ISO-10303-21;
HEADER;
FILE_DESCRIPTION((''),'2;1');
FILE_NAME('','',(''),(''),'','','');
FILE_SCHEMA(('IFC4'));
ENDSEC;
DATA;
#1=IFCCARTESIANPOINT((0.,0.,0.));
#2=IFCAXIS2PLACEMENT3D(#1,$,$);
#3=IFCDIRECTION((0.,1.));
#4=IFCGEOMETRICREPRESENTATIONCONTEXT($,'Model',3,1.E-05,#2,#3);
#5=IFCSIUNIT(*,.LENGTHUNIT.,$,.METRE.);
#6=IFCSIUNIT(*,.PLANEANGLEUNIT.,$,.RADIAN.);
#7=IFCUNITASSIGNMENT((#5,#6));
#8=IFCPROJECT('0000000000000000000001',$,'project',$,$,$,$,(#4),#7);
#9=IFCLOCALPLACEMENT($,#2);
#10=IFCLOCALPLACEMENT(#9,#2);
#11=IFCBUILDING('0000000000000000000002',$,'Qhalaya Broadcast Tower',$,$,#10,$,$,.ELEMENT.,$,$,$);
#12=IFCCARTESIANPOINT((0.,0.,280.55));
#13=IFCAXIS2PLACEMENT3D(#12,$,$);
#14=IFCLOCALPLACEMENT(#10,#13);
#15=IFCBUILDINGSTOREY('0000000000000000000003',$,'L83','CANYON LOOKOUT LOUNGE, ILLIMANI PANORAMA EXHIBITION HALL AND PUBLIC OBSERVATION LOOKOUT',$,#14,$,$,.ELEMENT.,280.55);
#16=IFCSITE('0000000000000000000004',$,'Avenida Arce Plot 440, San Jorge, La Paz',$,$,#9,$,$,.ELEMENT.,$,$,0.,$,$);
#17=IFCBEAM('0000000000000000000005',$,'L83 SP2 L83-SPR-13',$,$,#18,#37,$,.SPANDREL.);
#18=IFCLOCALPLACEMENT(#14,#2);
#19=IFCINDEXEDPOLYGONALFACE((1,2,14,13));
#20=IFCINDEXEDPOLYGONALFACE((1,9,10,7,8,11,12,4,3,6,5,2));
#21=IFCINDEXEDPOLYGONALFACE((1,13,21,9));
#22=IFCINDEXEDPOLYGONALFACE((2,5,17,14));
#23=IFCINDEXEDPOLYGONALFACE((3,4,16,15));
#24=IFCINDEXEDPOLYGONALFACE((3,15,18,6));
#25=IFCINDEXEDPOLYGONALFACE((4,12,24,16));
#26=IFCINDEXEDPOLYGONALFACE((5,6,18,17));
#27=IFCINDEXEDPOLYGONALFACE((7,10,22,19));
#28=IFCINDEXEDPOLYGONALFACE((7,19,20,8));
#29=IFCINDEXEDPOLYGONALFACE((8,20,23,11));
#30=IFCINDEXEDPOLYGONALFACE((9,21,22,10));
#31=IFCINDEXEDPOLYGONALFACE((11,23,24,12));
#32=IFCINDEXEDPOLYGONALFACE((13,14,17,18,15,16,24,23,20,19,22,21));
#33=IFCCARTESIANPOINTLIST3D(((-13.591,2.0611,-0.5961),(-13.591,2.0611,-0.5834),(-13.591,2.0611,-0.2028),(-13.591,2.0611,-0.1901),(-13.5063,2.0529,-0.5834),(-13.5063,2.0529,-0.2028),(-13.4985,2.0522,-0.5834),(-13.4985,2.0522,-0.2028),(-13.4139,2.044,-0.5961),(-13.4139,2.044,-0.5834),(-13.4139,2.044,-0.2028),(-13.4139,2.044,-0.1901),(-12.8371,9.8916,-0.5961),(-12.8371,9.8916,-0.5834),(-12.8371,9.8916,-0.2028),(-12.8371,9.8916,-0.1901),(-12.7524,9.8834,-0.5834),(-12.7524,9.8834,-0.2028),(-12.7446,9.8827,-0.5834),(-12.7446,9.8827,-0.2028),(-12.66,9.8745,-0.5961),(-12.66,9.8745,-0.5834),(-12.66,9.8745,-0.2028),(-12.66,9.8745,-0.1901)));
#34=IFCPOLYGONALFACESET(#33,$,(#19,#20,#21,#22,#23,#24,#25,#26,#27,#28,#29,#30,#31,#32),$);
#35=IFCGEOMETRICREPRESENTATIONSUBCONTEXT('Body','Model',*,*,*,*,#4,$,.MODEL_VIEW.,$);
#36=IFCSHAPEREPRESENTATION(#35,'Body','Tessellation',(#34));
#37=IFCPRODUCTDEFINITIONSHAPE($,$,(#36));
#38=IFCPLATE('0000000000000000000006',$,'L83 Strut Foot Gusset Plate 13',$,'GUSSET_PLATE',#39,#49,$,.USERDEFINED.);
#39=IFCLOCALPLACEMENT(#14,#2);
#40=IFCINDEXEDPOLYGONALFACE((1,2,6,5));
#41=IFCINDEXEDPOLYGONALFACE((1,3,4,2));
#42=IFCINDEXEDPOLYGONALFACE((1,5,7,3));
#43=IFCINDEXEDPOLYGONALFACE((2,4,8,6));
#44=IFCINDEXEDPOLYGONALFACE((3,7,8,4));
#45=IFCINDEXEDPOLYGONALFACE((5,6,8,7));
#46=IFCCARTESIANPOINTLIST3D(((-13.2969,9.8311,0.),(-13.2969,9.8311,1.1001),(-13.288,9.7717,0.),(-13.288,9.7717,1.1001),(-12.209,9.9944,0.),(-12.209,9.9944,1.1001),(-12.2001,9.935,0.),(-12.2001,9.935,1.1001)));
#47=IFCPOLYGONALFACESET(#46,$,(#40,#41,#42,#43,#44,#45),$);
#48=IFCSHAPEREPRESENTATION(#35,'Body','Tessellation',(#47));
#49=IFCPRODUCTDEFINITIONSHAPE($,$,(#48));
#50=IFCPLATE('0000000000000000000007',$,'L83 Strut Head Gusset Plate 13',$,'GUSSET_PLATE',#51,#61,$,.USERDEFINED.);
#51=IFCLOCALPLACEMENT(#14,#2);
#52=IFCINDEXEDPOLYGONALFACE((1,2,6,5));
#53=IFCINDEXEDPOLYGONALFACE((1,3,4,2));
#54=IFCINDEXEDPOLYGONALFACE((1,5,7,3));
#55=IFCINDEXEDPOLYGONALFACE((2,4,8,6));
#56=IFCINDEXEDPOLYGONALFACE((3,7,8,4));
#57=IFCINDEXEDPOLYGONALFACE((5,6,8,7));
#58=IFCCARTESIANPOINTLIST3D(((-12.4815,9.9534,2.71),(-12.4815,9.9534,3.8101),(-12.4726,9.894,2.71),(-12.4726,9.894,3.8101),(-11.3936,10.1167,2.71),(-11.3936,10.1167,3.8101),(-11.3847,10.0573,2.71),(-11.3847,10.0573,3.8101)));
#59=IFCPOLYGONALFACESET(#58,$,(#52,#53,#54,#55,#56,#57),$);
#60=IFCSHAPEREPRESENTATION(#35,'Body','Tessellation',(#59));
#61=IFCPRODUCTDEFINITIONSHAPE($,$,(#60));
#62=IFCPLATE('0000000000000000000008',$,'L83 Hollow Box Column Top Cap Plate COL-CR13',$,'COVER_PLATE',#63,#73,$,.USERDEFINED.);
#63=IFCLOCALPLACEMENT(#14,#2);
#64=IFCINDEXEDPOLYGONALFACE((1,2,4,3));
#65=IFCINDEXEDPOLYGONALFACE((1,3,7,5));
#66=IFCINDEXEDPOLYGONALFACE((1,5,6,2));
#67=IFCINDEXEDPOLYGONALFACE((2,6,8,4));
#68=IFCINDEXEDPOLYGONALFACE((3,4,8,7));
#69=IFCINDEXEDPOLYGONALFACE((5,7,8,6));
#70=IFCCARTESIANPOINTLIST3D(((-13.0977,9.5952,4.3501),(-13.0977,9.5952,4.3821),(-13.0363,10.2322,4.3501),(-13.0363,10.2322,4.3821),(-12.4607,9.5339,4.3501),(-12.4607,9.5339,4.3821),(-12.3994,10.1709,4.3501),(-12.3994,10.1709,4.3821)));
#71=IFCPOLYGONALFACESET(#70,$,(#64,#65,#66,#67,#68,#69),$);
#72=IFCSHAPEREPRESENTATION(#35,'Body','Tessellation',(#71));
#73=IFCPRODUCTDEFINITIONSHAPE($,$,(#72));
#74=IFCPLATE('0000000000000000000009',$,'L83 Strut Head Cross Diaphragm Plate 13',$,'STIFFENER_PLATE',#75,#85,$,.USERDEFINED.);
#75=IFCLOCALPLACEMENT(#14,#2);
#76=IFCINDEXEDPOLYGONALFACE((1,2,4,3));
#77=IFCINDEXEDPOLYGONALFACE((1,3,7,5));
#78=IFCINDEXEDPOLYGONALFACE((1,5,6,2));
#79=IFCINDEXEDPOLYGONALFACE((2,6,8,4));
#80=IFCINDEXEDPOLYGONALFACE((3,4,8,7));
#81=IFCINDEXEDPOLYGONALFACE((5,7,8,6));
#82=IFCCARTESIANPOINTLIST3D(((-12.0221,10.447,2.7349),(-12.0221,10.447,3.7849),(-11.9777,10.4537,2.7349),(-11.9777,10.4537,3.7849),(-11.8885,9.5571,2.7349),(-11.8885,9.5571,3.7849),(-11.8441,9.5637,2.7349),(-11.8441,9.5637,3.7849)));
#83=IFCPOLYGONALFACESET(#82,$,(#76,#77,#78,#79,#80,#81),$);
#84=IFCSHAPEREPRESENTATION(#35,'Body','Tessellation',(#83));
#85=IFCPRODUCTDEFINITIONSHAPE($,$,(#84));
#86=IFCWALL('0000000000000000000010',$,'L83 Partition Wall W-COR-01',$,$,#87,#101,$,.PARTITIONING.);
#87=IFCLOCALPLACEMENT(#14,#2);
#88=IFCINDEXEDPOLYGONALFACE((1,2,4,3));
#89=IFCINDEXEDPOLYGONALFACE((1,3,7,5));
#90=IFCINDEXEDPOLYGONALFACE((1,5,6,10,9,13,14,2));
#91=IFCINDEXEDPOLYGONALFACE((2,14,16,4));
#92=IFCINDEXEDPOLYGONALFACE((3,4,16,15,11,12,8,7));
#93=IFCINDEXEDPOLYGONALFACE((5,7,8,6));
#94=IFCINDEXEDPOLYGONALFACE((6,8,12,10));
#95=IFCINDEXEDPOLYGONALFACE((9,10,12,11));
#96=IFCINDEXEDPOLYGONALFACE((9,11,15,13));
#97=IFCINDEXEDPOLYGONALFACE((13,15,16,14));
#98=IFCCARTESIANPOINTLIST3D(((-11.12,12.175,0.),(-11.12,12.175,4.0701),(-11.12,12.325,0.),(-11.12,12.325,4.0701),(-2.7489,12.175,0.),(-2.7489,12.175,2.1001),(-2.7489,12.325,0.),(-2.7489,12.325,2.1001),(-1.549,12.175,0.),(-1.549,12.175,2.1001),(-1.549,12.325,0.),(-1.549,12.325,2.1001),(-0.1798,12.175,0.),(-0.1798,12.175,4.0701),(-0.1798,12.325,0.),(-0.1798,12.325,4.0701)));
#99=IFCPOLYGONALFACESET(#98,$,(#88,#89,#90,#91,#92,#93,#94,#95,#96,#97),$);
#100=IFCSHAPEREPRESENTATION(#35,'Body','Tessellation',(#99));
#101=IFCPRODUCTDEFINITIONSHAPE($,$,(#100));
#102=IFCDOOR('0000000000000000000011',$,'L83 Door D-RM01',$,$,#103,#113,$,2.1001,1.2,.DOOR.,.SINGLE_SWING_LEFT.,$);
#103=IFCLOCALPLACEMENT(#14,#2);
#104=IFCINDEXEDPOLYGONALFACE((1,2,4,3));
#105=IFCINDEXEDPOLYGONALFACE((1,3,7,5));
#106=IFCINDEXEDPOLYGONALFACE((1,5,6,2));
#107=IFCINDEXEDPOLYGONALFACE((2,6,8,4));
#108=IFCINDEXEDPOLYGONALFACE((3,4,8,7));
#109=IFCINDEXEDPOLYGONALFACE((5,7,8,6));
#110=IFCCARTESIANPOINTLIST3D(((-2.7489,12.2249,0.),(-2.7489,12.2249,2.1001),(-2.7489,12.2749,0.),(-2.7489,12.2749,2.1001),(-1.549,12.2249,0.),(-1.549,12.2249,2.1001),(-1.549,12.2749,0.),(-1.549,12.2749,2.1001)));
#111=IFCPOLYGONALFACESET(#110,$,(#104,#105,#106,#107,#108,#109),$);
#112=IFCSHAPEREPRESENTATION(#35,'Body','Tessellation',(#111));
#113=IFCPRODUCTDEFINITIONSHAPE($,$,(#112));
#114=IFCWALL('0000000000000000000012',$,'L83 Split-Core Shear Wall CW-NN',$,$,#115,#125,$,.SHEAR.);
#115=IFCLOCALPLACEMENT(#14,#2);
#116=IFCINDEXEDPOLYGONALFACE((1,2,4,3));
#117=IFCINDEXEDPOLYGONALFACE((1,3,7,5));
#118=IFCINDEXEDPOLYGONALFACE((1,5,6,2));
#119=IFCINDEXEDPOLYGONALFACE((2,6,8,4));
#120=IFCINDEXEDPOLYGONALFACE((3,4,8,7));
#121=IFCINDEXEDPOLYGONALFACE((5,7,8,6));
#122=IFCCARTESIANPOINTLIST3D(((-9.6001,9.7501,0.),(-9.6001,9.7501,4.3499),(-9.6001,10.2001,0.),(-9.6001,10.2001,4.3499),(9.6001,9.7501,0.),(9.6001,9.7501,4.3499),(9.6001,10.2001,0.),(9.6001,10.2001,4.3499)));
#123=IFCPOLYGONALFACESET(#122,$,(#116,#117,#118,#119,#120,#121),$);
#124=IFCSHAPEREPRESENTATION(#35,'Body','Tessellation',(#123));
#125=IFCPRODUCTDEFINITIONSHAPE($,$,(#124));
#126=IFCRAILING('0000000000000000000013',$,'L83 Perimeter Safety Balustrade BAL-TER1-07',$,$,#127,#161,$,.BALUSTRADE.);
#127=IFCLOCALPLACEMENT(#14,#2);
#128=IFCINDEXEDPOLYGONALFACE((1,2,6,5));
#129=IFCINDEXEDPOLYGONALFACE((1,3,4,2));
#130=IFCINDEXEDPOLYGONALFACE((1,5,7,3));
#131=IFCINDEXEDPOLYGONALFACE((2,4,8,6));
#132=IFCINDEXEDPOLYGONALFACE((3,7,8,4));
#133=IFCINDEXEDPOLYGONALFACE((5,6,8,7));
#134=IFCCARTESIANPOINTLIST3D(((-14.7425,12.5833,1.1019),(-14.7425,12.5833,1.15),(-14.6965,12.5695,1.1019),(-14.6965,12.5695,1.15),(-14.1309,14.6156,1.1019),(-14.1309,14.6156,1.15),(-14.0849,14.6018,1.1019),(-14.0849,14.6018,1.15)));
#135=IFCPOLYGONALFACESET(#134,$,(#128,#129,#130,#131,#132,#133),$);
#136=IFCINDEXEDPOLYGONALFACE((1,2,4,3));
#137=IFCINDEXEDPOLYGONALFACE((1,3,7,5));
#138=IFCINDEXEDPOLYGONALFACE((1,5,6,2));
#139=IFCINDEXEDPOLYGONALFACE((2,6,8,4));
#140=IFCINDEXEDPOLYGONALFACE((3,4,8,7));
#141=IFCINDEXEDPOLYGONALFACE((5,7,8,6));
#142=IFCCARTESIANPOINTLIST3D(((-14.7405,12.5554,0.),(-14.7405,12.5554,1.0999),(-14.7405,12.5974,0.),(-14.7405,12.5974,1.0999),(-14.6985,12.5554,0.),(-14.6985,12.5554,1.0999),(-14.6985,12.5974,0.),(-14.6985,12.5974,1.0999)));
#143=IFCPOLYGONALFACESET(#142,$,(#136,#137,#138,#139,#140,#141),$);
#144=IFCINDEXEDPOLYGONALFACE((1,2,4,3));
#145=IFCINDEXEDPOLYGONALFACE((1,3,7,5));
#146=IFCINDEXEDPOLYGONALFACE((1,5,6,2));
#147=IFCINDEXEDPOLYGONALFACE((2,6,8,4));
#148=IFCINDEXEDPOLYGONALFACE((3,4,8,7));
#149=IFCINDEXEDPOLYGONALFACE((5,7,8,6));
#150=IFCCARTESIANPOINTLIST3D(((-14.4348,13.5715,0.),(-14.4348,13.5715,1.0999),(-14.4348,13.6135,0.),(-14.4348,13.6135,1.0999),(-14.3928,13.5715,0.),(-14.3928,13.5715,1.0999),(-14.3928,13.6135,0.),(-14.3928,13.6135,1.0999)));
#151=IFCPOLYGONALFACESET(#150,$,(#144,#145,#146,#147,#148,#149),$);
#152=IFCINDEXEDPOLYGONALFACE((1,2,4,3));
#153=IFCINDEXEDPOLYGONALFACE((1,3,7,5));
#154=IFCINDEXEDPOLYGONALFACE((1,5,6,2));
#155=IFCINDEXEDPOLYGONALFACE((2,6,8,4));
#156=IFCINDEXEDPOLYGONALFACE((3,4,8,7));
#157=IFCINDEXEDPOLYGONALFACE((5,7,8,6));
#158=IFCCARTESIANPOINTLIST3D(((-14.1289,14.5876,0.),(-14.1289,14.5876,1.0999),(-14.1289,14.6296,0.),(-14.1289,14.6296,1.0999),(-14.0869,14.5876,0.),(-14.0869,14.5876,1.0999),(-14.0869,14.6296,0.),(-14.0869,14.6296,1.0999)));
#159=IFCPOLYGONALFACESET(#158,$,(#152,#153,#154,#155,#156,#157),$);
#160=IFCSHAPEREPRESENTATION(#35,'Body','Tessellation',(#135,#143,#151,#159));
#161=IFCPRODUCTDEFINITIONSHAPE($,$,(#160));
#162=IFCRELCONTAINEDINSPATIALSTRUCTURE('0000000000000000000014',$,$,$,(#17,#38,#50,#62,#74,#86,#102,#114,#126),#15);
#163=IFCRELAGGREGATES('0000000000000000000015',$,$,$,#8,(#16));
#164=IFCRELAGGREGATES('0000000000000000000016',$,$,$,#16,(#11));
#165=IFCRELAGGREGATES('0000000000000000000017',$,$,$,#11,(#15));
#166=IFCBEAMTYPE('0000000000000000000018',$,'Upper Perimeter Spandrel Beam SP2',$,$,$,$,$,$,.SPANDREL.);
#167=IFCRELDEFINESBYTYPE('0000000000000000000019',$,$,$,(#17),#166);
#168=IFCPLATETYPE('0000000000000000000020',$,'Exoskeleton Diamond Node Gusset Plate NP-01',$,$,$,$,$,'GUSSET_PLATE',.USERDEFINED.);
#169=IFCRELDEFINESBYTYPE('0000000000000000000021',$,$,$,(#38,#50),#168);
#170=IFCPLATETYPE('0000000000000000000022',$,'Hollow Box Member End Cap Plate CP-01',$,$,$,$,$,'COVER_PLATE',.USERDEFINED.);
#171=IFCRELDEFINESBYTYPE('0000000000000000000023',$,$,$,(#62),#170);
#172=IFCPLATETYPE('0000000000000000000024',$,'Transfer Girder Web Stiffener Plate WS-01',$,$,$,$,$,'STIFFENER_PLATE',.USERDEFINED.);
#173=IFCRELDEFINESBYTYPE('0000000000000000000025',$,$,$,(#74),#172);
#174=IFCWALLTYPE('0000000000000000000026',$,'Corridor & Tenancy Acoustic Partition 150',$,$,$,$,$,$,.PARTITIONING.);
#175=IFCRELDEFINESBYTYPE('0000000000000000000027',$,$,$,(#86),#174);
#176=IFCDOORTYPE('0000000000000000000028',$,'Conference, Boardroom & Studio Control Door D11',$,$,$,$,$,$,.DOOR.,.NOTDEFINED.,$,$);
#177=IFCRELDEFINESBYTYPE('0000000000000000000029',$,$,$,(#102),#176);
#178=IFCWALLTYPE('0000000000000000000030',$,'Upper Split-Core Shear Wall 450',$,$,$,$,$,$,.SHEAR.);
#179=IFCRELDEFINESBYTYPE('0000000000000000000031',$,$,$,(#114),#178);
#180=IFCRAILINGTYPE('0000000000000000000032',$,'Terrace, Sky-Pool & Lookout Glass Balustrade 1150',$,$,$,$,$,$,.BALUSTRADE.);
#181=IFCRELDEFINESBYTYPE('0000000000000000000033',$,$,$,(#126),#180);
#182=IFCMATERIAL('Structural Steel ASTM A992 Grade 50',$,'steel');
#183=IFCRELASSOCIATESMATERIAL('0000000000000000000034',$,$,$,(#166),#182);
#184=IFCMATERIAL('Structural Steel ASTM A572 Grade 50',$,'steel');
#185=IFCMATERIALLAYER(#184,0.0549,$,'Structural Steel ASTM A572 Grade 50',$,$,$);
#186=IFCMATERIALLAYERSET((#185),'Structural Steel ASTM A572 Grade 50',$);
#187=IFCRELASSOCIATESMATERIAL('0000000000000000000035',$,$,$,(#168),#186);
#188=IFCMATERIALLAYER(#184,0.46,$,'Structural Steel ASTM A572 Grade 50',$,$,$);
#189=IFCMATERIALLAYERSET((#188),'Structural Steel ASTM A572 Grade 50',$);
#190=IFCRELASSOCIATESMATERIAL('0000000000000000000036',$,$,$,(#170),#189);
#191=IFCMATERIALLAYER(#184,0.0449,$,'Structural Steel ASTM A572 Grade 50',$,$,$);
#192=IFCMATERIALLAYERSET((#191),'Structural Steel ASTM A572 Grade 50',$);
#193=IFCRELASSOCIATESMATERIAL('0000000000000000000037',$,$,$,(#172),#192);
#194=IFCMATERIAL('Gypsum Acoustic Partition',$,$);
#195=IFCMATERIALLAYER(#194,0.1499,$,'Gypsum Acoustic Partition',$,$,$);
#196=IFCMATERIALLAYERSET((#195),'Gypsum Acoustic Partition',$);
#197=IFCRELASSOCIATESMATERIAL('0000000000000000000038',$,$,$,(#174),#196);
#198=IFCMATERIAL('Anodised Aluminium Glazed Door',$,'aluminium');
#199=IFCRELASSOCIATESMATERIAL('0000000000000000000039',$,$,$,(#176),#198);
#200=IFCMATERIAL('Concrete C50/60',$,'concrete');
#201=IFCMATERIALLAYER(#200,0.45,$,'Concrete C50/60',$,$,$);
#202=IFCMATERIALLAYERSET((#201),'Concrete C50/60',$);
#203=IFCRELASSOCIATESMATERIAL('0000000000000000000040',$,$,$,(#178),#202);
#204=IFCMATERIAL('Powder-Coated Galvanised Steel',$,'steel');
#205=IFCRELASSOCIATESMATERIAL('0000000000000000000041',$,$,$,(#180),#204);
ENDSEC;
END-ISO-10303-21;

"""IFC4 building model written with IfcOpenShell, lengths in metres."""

from ifc_helpers import new_model, si_unit, direction, frame, frame_2d, origin, origin_2d, place, context, subcontext, project, spatial, rectangle, i_section, extrude, material, layer, layer_set, material_profile, profile_set, type_object, element, fill, save


model = new_model("IFC4")

# Units and contexts
model_context = context("Model", 3, precision=1e-05, world=origin(), true_north=direction((0.0, 1.0)))
body_context = subcontext(model_context, "Body", "Model", "MODEL_VIEW")
ifc_project = project(units=[si_unit("LENGTHUNIT", "METRE"), si_unit("PLANEANGLEUNIT", "RADIAN")], contexts=[model_context])

# Site, building, storey
site_placement = place(None, origin())
site = spatial("IfcSite", under=ifc_project, at=site_placement, Name="Avenida Arce Plot 440, San Jorge, La Paz", CompositionType="ELEMENT", RefElevation=0.0)
building_placement = place(site_placement, origin())
building = spatial("IfcBuilding", under=site, at=building_placement, Name="Qhalaya Broadcast Tower", CompositionType="ELEMENT")
storey_placement = place(building_placement, frame((0.0, 0.0, 280.55)))
storey = spatial("IfcBuildingStorey", under=building, at=storey_placement, Name="L83", Description="CANYON LOOKOUT LOUNGE, ILLIMANI PANORAMA EXHIBITION HALL AND PUBLIC OBSERVATION LOOKOUT", CompositionType="ELEMENT", Elevation=280.55)

# Shared definitions
ifc_material_1 = material(Name="Concrete C50/60", Category="concrete")
ifc_material_2 = material(Name="Structural Steel ASTM A572 Grade 50", Category="steel")

# Shared definitions
ifc_material_3 = material(Name="Structural Steel ASTM A992 Grade 50", Category="steel")

# Beam
ifc_material_profile_1 = material_profile(ifc_material_3, i_section(OverallWidth=0.178, OverallDepth=0.406, WebThickness=0.0078, FlangeThickness=0.0127, at=origin_2d()), Name="W16X40")
ifc_profile_set_1 = profile_set([ifc_material_profile_1], Name="Structural Steel ASTM A992 Grade 50")
beam_type_1 = type_object("IfcBeamType", Name="Upper Perimeter Spandrel Beam SP2", PredefinedType="SPANDREL", material=ifc_profile_set_1)
beam_1_placement = place(storey_placement, frame((-12.7485, 9.8831, -0.3931), z_axis=(-0.095834, -0.995397, 0.0), x_axis=(0.995397, -0.095834, 0.0)))
element("IfcBeam", 1, at=beam_1_placement, inside=storey, type_object=beam_type_1, Name="L83 SP2 L83-SPR-13", PredefinedType="SPANDREL", context=body_context, shape_type="SweptSolid", body=[
    extrude(i_section(OverallWidth=0.178, OverallDepth=0.406, WebThickness=0.0078, FlangeThickness=0.0127, at=origin_2d()), origin(), (0.0, 0.0, 1.0), 7.8667),
])

# Plates
ifc_layer_1 = layer(ifc_material_2, 0.0549, Name="Structural Steel ASTM A572 Grade 50")
ifc_layer_set_1 = layer_set([ifc_layer_1], Name="Structural Steel ASTM A572 Grade 50")
plate_type_1 = type_object("IfcPlateType", Name="Exoskeleton Diamond Node Gusset Plate NP-01", ElementType="GUSSET_PLATE", PredefinedType="USERDEFINED", material=ifc_layer_set_1)
for number, where, z_axis, x_axis, name in (
    (2, (-12.7485, 9.8831, 0.0), (0.0, 0.0, 1.0), (0.988923, 0.148431, 0.0), "L83 Strut Foot Gusset Plate 13"),
    (3, (-11.9331, 10.0054, 2.71), (0.0, 0.0, 1.0), (0.988923, 0.148431, 0.0), "L83 Strut Head Gusset Plate 13"),
):
    element("IfcPlate", number, at=place(storey_placement, frame(where, z_axis=z_axis, x_axis=x_axis)), inside=storey, type_object=plate_type_1, Name=name, ObjectType="GUSSET_PLATE", PredefinedType="USERDEFINED", context=body_context, shape_type="SweptSolid", body=[
        extrude(rectangle(XDim=1.1001, YDim=0.0601, at=origin_2d()), origin(), (0.0, 0.0, 1.0), 1.1001),
    ])
ifc_layer_2 = layer(ifc_material_2, 0.46, Name="Structural Steel ASTM A572 Grade 50")
ifc_layer_set_2 = layer_set([ifc_layer_2], Name="Structural Steel ASTM A572 Grade 50")
plate_type_2 = type_object("IfcPlateType", Name="Hollow Box Member End Cap Plate CP-01", ElementType="COVER_PLATE", PredefinedType="USERDEFINED", material=ifc_layer_set_2)
plate_1_placement = place(storey_placement, frame((-12.7485, 9.8831, 4.3501), z_axis=(0.0, 0.0, 1.0), x_axis=(0.095846, 0.995396, 0.0)))
element("IfcPlate", 4, at=plate_1_placement, inside=storey, type_object=plate_type_2, Name="L83 Hollow Box Column Top Cap Plate COL-CR13", ObjectType="COVER_PLATE", PredefinedType="USERDEFINED", context=body_context, shape_type="SweptSolid", body=[
    extrude(rectangle(XDim=0.6399, YDim=0.6399, at=origin_2d()), origin(), (0.0, 0.0, 1.0), 0.032),
])
ifc_layer_3 = layer(ifc_material_2, 0.0449, Name="Structural Steel ASTM A572 Grade 50")
ifc_layer_set_3 = layer_set([ifc_layer_3], Name="Structural Steel ASTM A572 Grade 50")
plate_type_3 = type_object("IfcPlateType", Name="Transfer Girder Web Stiffener Plate WS-01", ElementType="STIFFENER_PLATE", PredefinedType="USERDEFINED", material=ifc_layer_set_3)
plate_2_placement = place(storey_placement, frame((-11.9331, 10.0054, 2.7349), z_axis=(0.0, 0.0, 1.0), x_axis=(-0.148431, 0.988923, 0.0)))
element("IfcPlate", 5, at=plate_2_placement, inside=storey, type_object=plate_type_3, Name="L83 Strut Head Cross Diaphragm Plate 13", ObjectType="STIFFENER_PLATE", PredefinedType="USERDEFINED", context=body_context, shape_type="SweptSolid", body=[
    extrude(rectangle(XDim=0.8999, YDim=0.0449, at=origin_2d()), origin(), (0.0, 0.0, 1.0), 1.05),
])

# Wall, opening, door
ifc_material_4 = material(Name="Gypsum Acoustic Partition")
ifc_layer_4 = layer(ifc_material_4, 0.1499, Name="Gypsum Acoustic Partition")
ifc_layer_set_4 = layer_set([ifc_layer_4], Name="Gypsum Acoustic Partition")
wall_type_1 = type_object("IfcWallType", Name="Corridor & Tenancy Acoustic Partition 150", PredefinedType="PARTITIONING", material=ifc_layer_set_4)
wall_1_placement = place(storey_placement, frame((-11.1201, 12.25, 0.0), z_axis=(0.0, 0.0, 1.0), x_axis=(1.0, 0.0, 0.0)))
wall_1 = element("IfcWall", 6, at=wall_1_placement, inside=storey, type_object=wall_type_1, Name="L83 Partition Wall W-COR-01", PredefinedType="PARTITIONING", context=body_context, shape_type="SweptSolid", body=[
    extrude(rectangle(XDim=10.9402, YDim=0.1499, at=frame_2d((5.4702, 0.0))), origin(), (0.0, 0.0, 1.0), 4.0701),
])
opening_placement = place(wall_1_placement, frame((8.3711, 0.0, 0.0)))
opening = element("IfcOpeningElement", 7, at=opening_placement, cuts=wall_1, PredefinedType="OPENING", context=body_context, shape_type="SweptSolid", body=[
    extrude(rectangle(XDim=1.2, YDim=2.1001, at=frame_2d((0.6001, 1.05))), frame((0.0, 0.0869, 0.0), z_axis=(0.0, -1.0, 0.0), x_axis=(1.0, 0.0, 0.0)), (0.0, 0.0, 1.0), 0.1738),
])
ifc_material_5 = material(Name="Anodised Aluminium Glazed Door", Category="aluminium")
door_type = type_object("IfcDoorType", Name="Conference, Boardroom & Studio Control Door D11", OperationType="NOTDEFINED", PredefinedType="DOOR", material=ifc_material_5)
door_placement = place(opening_placement, origin())
door = element("IfcDoor", 8, at=door_placement, inside=storey, type_object=door_type, Name="L83 Door D-RM01", OperationType="SINGLE_SWING_LEFT", OverallHeight=2.1001, OverallWidth=1.2, PredefinedType="DOOR", context=body_context, shape_type="SweptSolid", body=[
    extrude(rectangle(XDim=1.2, YDim=2.1001, at=frame_2d((0.6001, 1.05))), frame((0.0, 0.0249, 0.0), z_axis=(0.0, -1.0, 0.0), x_axis=(1.0, 0.0, 0.0)), (0.0, 0.0, 1.0), 0.05),
])
fill(opening, door)

# Wall
ifc_layer_5 = layer(ifc_material_1, 0.45, Name="Concrete C50/60")
ifc_layer_set_5 = layer_set([ifc_layer_5], Name="Concrete C50/60")
wall_type_2 = type_object("IfcWallType", Name="Upper Split-Core Shear Wall 450", PredefinedType="SHEAR", material=ifc_layer_set_5)
wall_2_placement = place(storey_placement, frame((-9.6001, 9.9751, 0.0), z_axis=(0.0, 0.0, 1.0), x_axis=(1.0, 0.0, 0.0)))
element("IfcWall", 9, at=wall_2_placement, inside=storey, type_object=wall_type_2, Name="L83 Split-Core Shear Wall CW-NN", PredefinedType="SHEAR", context=body_context, shape_type="SweptSolid", body=[
    extrude(rectangle(XDim=19.2002, YDim=0.45, at=frame_2d((9.6001, 0.0))), origin(), (0.0, 0.0, 1.0), 4.3499),
])

# Railing
ifc_material_6 = material(Name="Powder-Coated Galvanised Steel", Category="steel")
railing_type = type_object("IfcRailingType", Name="Terrace, Sky-Pool & Lookout Glass Balustrade 1150", PredefinedType="BALUSTRADE", material=ifc_material_6)
railing_1_placement = place(storey_placement, frame((-14.7195, 12.5764, 0.0)))
element("IfcRailing", 10, at=railing_1_placement, inside=storey, type_object=railing_type, Name="L83 Perimeter Safety Balustrade BAL-TER1-07", PredefinedType="BALUSTRADE", context=body_context, shape_type="SweptSolid", body=[
    extrude(rectangle(XDim=0.0481, YDim=0.0481, at=origin_2d()), frame((0.0, 0.0, 1.126), z_axis=(0.288171, 0.957579, 0.0), x_axis=(-0.957579, 0.288171, 0.0)), (0.0, 0.0, 1.0), 2.1223),
    extrude(rectangle(XDim=0.042, YDim=0.042, at=origin_2d()), origin(), (0.0, 0.0, 1.0), 1.0999),
    extrude(rectangle(XDim=0.042, YDim=0.042, at=origin_2d()), frame((0.3057, 1.0161, 0.0)), (0.0, 0.0, 1.0), 1.0999),
    extrude(rectangle(XDim=0.042, YDim=0.042, at=origin_2d()), frame((0.6116, 2.0322, 0.0)), (0.0, 0.0, 1.0), 1.0999),
])

save(model, "model.ifc")
